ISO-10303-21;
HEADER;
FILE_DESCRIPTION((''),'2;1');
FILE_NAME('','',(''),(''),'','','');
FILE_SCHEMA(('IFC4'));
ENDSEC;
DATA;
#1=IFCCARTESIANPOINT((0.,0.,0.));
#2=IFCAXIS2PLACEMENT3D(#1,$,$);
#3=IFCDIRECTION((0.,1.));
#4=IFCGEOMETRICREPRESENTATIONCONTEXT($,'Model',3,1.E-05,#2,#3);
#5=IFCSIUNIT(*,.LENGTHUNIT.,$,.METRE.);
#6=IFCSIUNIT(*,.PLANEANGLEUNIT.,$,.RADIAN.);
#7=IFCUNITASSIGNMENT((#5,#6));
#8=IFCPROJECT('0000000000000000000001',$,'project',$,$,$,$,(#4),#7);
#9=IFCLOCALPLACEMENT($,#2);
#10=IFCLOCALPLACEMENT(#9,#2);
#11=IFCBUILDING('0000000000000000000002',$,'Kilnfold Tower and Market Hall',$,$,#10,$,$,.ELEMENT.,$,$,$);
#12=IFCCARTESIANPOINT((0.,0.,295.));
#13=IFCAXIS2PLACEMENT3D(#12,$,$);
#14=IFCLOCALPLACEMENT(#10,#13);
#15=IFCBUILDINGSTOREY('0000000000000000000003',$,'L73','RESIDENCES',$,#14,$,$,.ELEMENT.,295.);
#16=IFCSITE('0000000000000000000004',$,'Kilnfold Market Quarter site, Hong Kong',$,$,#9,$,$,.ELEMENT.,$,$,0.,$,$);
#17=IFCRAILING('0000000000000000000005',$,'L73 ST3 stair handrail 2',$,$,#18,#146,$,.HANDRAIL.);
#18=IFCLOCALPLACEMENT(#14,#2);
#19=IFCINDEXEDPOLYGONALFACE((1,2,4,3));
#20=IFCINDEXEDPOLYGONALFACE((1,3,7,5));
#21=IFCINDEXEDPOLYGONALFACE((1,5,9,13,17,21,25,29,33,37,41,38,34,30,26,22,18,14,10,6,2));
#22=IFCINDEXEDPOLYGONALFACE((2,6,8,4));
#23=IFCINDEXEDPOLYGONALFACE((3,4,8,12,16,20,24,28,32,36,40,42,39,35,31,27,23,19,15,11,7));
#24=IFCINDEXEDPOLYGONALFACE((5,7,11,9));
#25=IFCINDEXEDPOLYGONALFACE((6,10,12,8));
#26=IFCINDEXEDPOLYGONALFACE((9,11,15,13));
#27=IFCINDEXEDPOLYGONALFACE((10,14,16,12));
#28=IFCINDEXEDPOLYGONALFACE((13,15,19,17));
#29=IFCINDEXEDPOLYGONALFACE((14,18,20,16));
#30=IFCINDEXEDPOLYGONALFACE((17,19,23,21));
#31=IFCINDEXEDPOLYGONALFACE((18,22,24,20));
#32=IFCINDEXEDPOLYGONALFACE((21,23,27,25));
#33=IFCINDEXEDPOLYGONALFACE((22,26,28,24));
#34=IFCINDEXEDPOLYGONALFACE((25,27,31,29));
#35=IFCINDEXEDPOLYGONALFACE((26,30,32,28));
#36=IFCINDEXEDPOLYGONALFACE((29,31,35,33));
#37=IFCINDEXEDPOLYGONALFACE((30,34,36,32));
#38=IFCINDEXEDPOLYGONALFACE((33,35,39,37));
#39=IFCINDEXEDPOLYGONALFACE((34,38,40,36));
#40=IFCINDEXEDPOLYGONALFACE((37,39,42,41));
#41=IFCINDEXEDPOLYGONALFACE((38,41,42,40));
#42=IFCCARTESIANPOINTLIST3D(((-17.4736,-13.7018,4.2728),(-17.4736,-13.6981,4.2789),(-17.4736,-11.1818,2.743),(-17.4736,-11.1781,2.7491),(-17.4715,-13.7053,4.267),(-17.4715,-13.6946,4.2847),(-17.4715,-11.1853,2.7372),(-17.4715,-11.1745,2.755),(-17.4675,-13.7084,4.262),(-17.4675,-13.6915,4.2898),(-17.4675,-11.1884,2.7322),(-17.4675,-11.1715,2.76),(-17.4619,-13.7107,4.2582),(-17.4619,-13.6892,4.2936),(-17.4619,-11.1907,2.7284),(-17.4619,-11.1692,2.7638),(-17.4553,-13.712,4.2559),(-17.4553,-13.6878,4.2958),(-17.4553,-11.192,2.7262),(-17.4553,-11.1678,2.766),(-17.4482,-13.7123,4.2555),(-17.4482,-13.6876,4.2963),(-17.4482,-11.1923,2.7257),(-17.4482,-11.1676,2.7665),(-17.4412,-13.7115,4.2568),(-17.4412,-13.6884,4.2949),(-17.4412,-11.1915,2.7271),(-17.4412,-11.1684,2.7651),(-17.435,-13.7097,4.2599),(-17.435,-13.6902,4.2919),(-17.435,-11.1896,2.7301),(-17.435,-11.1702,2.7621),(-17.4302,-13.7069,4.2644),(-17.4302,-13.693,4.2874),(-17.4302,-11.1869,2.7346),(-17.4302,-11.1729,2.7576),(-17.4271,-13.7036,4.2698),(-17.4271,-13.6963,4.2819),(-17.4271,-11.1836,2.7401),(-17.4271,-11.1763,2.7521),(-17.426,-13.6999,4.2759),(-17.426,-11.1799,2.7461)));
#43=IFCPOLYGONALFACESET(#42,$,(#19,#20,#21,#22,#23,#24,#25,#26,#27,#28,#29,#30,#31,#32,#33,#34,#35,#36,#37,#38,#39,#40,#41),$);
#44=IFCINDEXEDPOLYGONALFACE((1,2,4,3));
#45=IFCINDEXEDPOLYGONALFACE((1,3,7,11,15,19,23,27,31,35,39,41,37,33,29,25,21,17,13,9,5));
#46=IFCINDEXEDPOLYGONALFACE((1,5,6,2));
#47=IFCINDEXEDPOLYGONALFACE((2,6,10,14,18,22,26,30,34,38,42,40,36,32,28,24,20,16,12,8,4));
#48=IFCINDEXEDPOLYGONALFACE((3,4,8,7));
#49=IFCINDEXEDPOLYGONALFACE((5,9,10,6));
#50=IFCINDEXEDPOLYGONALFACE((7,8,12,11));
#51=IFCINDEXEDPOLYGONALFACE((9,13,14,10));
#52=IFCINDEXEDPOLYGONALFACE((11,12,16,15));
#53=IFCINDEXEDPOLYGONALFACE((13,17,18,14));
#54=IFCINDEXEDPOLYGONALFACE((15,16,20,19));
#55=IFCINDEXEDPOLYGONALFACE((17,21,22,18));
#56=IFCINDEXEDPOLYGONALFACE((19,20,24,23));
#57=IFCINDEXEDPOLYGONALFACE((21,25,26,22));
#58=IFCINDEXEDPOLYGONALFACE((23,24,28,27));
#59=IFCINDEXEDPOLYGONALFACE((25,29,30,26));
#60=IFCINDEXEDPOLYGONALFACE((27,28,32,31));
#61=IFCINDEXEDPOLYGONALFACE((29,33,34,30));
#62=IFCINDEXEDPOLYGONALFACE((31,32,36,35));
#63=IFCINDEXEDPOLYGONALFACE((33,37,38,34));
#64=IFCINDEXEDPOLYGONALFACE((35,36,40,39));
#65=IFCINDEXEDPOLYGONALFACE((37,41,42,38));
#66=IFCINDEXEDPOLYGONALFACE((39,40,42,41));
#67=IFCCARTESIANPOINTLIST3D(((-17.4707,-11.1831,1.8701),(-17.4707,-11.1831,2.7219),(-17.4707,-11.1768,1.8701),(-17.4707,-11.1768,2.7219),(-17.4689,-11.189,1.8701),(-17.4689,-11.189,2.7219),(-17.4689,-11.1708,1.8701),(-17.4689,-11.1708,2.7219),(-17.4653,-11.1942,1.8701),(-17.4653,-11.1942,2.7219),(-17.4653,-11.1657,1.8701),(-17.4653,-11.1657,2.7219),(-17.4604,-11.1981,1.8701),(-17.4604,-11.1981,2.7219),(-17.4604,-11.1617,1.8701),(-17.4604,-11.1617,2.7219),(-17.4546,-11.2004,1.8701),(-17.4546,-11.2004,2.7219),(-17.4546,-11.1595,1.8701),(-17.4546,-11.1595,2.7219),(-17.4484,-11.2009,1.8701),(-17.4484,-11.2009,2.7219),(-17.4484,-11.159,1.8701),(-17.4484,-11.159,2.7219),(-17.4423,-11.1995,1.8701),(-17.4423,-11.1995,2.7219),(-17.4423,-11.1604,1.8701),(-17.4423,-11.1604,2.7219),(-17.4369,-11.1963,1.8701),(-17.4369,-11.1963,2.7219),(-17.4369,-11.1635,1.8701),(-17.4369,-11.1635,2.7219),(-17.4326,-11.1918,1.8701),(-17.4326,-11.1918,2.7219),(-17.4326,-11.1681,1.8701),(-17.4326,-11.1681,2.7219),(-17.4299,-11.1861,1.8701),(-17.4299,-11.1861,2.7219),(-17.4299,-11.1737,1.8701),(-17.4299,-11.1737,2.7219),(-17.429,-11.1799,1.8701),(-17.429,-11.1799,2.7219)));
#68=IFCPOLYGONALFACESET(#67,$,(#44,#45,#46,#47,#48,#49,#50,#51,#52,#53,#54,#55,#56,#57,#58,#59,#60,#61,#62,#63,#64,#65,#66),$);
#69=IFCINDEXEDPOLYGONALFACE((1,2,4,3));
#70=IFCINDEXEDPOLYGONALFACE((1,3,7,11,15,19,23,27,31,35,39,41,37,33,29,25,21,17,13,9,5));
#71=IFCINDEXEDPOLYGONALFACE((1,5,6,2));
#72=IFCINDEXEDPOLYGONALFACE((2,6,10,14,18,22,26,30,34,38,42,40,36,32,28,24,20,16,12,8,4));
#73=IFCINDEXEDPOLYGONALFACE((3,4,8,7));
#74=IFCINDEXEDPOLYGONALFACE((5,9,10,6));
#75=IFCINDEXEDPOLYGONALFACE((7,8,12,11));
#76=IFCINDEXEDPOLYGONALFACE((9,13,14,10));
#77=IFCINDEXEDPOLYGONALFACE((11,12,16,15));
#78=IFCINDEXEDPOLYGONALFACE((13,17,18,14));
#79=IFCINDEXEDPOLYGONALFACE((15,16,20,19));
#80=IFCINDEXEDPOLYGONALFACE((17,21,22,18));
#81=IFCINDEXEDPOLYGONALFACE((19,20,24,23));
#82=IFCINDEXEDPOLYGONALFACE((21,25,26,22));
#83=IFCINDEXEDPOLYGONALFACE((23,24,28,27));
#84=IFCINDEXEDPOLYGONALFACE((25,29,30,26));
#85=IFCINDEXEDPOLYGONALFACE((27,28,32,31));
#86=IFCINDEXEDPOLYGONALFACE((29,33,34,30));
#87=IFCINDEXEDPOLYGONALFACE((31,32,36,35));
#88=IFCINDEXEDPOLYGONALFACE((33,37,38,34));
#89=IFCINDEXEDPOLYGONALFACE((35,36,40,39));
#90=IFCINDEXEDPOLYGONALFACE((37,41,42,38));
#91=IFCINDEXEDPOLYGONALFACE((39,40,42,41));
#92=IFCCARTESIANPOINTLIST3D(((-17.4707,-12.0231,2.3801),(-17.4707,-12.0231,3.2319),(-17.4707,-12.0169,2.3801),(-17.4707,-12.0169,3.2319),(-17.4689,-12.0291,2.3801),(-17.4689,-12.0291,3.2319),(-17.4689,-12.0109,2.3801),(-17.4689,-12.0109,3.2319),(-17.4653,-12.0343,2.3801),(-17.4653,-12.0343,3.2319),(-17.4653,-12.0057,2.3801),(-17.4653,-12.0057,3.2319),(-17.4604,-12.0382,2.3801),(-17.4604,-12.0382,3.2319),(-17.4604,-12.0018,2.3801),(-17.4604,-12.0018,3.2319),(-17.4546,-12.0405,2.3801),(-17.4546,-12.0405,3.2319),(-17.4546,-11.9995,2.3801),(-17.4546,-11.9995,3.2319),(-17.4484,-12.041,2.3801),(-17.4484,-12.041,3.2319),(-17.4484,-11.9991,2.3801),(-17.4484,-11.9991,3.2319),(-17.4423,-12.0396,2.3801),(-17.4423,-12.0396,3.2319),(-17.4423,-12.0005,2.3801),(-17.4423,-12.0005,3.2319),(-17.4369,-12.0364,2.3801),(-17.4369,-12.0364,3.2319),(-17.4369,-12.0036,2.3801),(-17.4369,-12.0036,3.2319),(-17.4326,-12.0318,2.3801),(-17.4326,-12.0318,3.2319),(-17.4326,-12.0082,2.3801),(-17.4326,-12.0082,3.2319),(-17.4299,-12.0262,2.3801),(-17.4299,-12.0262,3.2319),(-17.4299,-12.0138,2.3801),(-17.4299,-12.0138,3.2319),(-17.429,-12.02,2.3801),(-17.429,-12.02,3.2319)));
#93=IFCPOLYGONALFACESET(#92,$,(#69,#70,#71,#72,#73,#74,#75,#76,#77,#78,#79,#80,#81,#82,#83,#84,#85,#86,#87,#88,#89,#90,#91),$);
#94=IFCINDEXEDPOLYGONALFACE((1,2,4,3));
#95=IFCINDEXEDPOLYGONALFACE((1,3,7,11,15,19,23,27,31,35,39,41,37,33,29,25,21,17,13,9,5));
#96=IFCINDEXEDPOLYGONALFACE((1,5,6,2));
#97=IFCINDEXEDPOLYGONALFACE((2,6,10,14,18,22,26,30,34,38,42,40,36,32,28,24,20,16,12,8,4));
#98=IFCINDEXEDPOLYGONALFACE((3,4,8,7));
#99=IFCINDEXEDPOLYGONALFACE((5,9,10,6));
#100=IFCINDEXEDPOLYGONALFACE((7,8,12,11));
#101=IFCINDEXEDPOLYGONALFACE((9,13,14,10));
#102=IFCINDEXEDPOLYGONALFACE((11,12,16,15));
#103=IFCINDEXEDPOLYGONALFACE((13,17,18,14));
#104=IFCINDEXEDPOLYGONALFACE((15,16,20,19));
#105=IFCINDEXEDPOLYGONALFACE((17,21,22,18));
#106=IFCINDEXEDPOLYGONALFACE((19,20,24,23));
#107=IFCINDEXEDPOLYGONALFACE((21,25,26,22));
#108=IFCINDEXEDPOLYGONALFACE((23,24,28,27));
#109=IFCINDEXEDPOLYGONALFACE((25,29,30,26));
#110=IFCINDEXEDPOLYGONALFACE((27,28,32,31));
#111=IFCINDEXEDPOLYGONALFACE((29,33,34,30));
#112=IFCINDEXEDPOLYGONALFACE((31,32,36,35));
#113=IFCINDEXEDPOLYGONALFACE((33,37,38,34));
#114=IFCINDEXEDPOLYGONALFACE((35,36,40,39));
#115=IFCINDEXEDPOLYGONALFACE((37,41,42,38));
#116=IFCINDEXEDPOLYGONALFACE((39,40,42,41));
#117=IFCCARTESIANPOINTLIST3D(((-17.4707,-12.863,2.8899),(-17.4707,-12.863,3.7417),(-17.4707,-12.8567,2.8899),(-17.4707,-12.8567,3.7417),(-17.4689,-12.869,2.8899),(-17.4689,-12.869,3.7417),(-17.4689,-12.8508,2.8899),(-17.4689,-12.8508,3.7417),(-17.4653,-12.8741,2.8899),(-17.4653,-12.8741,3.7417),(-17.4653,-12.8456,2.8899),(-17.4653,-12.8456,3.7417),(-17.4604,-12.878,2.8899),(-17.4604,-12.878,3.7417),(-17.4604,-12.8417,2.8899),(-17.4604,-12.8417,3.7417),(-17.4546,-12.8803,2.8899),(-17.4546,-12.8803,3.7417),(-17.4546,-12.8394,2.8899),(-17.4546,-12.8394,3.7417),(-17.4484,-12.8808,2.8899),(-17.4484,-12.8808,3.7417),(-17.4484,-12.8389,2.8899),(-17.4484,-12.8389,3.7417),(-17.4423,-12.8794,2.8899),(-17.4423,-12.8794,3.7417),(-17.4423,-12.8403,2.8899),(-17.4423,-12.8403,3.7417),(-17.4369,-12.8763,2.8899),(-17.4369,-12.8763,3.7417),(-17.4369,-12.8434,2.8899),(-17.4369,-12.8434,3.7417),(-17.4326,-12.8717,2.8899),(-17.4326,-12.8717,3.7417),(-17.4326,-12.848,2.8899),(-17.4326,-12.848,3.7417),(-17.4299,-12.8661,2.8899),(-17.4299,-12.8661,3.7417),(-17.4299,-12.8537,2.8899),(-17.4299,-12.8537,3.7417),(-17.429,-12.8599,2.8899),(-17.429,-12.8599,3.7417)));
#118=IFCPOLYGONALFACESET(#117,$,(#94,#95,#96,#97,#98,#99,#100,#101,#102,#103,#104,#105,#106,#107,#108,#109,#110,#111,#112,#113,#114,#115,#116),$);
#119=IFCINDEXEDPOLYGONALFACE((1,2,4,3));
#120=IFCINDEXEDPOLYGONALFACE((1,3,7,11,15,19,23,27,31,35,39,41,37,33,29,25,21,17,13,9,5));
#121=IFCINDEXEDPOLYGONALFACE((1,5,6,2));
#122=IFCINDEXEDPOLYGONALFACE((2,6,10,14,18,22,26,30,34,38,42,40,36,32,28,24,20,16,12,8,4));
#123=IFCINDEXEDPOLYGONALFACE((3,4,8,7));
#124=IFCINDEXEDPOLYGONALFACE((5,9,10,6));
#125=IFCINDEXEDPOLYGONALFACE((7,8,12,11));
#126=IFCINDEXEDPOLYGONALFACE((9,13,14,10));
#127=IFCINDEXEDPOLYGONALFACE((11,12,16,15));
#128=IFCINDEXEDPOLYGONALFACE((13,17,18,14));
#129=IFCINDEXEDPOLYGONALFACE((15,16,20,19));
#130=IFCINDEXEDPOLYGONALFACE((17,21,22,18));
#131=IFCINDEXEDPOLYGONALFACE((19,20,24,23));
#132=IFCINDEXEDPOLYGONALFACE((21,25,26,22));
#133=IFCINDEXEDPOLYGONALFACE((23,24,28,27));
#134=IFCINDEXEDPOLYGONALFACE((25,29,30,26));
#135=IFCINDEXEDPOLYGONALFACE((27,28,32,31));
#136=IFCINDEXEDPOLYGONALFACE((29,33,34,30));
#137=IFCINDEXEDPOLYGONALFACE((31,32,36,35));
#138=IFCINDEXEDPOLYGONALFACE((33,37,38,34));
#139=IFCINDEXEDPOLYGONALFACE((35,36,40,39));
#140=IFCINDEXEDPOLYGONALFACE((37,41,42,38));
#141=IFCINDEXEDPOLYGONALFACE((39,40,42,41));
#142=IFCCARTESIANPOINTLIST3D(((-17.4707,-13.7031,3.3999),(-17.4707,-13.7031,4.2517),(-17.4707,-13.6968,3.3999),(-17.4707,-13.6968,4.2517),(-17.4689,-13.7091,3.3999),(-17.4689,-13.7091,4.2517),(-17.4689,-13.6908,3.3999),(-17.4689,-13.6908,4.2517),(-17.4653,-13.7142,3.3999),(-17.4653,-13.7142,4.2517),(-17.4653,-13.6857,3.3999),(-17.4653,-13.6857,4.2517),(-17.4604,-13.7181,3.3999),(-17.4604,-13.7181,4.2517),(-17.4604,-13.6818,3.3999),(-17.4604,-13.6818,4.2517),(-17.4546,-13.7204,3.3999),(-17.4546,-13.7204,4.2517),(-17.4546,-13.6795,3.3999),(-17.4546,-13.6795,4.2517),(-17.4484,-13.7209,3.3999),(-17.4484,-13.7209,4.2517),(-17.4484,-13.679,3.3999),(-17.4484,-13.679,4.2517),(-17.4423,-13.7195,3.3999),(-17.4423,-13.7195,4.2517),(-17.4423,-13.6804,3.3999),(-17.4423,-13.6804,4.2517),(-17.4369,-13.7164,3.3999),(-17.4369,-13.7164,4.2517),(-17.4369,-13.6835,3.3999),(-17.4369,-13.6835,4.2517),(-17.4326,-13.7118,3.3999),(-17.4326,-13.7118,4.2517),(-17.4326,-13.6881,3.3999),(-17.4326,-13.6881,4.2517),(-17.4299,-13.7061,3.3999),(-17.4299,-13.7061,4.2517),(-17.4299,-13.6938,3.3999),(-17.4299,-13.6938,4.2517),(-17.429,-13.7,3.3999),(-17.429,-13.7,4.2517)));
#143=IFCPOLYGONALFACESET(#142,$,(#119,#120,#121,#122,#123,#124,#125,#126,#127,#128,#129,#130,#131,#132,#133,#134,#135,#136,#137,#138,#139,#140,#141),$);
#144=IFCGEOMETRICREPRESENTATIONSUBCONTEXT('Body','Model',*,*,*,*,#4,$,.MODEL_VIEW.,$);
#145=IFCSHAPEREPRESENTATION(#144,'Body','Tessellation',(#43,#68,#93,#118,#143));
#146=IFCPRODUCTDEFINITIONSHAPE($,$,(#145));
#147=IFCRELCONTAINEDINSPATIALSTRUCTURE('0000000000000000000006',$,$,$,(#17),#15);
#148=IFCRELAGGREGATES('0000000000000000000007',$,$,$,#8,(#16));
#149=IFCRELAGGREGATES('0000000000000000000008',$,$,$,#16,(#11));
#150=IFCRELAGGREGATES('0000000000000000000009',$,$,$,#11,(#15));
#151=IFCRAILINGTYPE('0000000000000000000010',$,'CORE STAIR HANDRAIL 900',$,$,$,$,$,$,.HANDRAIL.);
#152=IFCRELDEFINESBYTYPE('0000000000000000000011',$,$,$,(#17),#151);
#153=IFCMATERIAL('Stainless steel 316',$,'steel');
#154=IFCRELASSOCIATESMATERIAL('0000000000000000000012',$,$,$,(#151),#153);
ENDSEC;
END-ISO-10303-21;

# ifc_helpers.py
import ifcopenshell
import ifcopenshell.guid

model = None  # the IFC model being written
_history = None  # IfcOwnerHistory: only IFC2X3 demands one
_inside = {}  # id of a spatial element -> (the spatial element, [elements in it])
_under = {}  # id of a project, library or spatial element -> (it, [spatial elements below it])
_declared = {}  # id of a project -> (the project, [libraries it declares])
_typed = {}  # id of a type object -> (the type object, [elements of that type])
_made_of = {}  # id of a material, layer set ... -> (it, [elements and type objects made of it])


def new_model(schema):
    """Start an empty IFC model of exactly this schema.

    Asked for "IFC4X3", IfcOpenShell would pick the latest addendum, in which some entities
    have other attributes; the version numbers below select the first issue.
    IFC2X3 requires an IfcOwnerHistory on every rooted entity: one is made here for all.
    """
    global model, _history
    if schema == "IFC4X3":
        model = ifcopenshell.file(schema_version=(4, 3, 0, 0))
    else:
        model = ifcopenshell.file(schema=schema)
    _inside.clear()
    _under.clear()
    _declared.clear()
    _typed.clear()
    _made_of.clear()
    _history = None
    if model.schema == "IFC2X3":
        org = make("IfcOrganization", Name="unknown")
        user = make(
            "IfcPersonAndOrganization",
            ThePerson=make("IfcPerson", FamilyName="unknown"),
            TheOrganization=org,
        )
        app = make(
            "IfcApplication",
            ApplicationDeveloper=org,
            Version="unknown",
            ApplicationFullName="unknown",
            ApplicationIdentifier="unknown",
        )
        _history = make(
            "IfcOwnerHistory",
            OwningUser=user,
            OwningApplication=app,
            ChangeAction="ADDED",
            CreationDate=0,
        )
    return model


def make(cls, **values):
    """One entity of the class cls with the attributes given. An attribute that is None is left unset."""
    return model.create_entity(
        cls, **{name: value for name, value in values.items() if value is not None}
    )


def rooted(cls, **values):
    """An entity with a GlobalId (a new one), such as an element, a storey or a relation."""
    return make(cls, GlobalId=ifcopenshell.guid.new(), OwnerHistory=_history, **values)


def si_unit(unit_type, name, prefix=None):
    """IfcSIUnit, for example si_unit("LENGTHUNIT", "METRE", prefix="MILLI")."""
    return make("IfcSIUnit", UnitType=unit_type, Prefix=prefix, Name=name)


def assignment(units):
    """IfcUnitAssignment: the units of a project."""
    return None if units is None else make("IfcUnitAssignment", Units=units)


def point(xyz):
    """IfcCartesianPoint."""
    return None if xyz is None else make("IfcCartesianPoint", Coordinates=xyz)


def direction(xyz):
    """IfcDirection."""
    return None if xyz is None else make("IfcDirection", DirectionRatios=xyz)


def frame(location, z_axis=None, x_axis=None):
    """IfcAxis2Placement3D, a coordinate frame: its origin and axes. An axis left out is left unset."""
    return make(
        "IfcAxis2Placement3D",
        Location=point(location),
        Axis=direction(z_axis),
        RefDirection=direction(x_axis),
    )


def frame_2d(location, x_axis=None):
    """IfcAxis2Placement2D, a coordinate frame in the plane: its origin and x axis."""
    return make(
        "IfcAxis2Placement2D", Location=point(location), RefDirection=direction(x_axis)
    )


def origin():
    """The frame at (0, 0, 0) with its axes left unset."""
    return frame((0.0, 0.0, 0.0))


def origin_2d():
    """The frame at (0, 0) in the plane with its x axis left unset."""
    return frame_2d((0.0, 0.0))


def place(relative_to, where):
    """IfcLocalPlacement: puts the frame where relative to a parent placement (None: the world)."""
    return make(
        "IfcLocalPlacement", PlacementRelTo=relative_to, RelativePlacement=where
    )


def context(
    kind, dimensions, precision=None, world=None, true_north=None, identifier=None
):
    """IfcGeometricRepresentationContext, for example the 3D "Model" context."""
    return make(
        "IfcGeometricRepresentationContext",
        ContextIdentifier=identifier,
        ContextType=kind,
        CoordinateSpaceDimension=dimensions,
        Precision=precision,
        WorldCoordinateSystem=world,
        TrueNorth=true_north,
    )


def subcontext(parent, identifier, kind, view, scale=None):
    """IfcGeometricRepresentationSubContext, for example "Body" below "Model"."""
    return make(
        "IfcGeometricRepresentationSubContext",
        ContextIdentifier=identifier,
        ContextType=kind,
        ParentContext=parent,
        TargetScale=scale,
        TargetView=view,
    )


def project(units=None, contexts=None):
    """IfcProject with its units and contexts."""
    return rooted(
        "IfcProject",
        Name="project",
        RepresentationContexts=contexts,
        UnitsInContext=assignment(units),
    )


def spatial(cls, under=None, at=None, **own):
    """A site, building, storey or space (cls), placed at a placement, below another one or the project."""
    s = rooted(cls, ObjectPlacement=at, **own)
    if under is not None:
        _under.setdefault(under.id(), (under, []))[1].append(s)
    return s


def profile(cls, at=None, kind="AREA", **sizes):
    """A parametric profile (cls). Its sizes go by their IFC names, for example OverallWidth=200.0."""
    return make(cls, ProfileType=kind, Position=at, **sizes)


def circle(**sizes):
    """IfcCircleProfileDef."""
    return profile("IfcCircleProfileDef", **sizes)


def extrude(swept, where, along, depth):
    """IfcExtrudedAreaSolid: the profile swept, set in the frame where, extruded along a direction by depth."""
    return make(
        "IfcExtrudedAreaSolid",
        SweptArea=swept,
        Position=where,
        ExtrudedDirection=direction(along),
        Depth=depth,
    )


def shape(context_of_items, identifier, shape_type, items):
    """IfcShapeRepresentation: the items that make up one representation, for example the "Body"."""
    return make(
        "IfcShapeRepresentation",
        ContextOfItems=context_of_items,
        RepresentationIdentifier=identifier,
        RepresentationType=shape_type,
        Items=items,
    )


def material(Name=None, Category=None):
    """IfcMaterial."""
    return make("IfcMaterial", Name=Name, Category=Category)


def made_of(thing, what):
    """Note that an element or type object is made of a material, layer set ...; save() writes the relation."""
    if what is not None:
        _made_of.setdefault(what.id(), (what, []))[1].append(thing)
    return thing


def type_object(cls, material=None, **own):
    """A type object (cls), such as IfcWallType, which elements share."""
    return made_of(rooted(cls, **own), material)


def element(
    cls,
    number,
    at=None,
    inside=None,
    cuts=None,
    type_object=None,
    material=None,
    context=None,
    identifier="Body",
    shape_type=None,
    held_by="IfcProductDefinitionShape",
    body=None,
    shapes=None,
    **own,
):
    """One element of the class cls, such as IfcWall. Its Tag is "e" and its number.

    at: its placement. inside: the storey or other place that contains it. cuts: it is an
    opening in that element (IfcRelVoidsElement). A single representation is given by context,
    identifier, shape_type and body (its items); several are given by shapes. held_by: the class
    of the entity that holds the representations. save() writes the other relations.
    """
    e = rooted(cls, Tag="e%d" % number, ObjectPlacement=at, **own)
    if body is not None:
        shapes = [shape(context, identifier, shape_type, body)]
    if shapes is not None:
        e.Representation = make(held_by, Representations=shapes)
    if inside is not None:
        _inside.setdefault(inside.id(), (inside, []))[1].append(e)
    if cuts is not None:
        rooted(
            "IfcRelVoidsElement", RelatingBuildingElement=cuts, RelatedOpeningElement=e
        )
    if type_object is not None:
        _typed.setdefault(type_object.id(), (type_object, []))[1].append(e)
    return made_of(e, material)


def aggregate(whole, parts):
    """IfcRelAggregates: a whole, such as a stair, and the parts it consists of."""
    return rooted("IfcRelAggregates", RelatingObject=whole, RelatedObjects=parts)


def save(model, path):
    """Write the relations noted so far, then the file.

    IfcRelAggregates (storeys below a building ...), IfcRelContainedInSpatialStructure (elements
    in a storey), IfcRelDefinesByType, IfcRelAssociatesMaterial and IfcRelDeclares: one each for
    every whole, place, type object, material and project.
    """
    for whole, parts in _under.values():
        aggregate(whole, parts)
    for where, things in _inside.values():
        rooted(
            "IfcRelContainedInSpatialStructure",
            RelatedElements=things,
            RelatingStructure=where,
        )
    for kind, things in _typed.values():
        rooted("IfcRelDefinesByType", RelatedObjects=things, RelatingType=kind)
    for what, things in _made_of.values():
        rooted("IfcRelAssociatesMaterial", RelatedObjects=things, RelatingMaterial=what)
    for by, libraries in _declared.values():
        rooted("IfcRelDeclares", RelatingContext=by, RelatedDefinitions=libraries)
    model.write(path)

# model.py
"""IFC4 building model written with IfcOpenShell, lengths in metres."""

from ifc_helpers import new_model, si_unit, direction, frame, origin, origin_2d, place, context, subcontext, project, spatial, circle, extrude, material, type_object, element, save


model = new_model("IFC4")

# Units and contexts
model_context = context("Model", 3, precision=1e-05, world=origin(), true_north=direction((0.0, 1.0)))
body_context = subcontext(model_context, "Body", "Model", "MODEL_VIEW")
ifc_project = project(units=[si_unit("LENGTHUNIT", "METRE"), si_unit("PLANEANGLEUNIT", "RADIAN")], contexts=[model_context])

# Site, building, storey
site_placement = place(None, origin())
site = spatial("IfcSite", under=ifc_project, at=site_placement, Name="Kilnfold Market Quarter site, Hong Kong", CompositionType="ELEMENT", RefElevation=0.0)
building_placement = place(site_placement, origin())
building = spatial("IfcBuilding", under=site, at=building_placement, Name="Kilnfold Tower and Market Hall", CompositionType="ELEMENT")
storey_placement = place(building_placement, frame((0.0, 0.0, 295.0)))
storey = spatial("IfcBuildingStorey", under=building, at=storey_placement, Name="L73", Description="RESIDENCES", CompositionType="ELEMENT", Elevation=295.0)

# Railing
ifc_material_1 = material(Name="Stainless steel 316", Category="steel")
railing_type_1 = type_object("IfcRailingType", Name="CORE STAIR HANDRAIL 900", PredefinedType="HANDRAIL", material=ifc_material_1)
railing_1_placement = place(storey_placement, frame((-17.45, -11.1799, 1.8701)))
element("IfcRailing", 1, at=railing_1_placement, inside=storey, type_object=railing_type_1, Name="L73 ST3 stair handrail 2", PredefinedType="HANDRAIL", context=body_context, shape_type="SweptSolid", body=[
    extrude(circle(Radius=0.0239, at=origin_2d()), frame((0.0, 0.0, 0.876), z_axis=(0.0, -0.854822, 0.518922), x_axis=(1.0, 0.0, 0.0)), (0.0, 0.0, 1.0), 2.948),
    extrude(circle(Radius=0.021, at=origin_2d()), origin(), (0.0, 0.0, 1.0), 0.8518),
    extrude(circle(Radius=0.021, at=origin_2d()), frame((0.0, -0.8401, 0.51)), (0.0, 0.0, 1.0), 0.8518),
    extrude(circle(Radius=0.021, at=origin_2d()), frame((0.0, -1.6799, 1.0198)), (0.0, 0.0, 1.0), 0.8518),
    extrude(circle(Radius=0.021, at=origin_2d()), frame((0.0, -2.52, 1.5298)), (0.0, 0.0, 1.0), 0.8518),
])

save(model, "model.ifc")
